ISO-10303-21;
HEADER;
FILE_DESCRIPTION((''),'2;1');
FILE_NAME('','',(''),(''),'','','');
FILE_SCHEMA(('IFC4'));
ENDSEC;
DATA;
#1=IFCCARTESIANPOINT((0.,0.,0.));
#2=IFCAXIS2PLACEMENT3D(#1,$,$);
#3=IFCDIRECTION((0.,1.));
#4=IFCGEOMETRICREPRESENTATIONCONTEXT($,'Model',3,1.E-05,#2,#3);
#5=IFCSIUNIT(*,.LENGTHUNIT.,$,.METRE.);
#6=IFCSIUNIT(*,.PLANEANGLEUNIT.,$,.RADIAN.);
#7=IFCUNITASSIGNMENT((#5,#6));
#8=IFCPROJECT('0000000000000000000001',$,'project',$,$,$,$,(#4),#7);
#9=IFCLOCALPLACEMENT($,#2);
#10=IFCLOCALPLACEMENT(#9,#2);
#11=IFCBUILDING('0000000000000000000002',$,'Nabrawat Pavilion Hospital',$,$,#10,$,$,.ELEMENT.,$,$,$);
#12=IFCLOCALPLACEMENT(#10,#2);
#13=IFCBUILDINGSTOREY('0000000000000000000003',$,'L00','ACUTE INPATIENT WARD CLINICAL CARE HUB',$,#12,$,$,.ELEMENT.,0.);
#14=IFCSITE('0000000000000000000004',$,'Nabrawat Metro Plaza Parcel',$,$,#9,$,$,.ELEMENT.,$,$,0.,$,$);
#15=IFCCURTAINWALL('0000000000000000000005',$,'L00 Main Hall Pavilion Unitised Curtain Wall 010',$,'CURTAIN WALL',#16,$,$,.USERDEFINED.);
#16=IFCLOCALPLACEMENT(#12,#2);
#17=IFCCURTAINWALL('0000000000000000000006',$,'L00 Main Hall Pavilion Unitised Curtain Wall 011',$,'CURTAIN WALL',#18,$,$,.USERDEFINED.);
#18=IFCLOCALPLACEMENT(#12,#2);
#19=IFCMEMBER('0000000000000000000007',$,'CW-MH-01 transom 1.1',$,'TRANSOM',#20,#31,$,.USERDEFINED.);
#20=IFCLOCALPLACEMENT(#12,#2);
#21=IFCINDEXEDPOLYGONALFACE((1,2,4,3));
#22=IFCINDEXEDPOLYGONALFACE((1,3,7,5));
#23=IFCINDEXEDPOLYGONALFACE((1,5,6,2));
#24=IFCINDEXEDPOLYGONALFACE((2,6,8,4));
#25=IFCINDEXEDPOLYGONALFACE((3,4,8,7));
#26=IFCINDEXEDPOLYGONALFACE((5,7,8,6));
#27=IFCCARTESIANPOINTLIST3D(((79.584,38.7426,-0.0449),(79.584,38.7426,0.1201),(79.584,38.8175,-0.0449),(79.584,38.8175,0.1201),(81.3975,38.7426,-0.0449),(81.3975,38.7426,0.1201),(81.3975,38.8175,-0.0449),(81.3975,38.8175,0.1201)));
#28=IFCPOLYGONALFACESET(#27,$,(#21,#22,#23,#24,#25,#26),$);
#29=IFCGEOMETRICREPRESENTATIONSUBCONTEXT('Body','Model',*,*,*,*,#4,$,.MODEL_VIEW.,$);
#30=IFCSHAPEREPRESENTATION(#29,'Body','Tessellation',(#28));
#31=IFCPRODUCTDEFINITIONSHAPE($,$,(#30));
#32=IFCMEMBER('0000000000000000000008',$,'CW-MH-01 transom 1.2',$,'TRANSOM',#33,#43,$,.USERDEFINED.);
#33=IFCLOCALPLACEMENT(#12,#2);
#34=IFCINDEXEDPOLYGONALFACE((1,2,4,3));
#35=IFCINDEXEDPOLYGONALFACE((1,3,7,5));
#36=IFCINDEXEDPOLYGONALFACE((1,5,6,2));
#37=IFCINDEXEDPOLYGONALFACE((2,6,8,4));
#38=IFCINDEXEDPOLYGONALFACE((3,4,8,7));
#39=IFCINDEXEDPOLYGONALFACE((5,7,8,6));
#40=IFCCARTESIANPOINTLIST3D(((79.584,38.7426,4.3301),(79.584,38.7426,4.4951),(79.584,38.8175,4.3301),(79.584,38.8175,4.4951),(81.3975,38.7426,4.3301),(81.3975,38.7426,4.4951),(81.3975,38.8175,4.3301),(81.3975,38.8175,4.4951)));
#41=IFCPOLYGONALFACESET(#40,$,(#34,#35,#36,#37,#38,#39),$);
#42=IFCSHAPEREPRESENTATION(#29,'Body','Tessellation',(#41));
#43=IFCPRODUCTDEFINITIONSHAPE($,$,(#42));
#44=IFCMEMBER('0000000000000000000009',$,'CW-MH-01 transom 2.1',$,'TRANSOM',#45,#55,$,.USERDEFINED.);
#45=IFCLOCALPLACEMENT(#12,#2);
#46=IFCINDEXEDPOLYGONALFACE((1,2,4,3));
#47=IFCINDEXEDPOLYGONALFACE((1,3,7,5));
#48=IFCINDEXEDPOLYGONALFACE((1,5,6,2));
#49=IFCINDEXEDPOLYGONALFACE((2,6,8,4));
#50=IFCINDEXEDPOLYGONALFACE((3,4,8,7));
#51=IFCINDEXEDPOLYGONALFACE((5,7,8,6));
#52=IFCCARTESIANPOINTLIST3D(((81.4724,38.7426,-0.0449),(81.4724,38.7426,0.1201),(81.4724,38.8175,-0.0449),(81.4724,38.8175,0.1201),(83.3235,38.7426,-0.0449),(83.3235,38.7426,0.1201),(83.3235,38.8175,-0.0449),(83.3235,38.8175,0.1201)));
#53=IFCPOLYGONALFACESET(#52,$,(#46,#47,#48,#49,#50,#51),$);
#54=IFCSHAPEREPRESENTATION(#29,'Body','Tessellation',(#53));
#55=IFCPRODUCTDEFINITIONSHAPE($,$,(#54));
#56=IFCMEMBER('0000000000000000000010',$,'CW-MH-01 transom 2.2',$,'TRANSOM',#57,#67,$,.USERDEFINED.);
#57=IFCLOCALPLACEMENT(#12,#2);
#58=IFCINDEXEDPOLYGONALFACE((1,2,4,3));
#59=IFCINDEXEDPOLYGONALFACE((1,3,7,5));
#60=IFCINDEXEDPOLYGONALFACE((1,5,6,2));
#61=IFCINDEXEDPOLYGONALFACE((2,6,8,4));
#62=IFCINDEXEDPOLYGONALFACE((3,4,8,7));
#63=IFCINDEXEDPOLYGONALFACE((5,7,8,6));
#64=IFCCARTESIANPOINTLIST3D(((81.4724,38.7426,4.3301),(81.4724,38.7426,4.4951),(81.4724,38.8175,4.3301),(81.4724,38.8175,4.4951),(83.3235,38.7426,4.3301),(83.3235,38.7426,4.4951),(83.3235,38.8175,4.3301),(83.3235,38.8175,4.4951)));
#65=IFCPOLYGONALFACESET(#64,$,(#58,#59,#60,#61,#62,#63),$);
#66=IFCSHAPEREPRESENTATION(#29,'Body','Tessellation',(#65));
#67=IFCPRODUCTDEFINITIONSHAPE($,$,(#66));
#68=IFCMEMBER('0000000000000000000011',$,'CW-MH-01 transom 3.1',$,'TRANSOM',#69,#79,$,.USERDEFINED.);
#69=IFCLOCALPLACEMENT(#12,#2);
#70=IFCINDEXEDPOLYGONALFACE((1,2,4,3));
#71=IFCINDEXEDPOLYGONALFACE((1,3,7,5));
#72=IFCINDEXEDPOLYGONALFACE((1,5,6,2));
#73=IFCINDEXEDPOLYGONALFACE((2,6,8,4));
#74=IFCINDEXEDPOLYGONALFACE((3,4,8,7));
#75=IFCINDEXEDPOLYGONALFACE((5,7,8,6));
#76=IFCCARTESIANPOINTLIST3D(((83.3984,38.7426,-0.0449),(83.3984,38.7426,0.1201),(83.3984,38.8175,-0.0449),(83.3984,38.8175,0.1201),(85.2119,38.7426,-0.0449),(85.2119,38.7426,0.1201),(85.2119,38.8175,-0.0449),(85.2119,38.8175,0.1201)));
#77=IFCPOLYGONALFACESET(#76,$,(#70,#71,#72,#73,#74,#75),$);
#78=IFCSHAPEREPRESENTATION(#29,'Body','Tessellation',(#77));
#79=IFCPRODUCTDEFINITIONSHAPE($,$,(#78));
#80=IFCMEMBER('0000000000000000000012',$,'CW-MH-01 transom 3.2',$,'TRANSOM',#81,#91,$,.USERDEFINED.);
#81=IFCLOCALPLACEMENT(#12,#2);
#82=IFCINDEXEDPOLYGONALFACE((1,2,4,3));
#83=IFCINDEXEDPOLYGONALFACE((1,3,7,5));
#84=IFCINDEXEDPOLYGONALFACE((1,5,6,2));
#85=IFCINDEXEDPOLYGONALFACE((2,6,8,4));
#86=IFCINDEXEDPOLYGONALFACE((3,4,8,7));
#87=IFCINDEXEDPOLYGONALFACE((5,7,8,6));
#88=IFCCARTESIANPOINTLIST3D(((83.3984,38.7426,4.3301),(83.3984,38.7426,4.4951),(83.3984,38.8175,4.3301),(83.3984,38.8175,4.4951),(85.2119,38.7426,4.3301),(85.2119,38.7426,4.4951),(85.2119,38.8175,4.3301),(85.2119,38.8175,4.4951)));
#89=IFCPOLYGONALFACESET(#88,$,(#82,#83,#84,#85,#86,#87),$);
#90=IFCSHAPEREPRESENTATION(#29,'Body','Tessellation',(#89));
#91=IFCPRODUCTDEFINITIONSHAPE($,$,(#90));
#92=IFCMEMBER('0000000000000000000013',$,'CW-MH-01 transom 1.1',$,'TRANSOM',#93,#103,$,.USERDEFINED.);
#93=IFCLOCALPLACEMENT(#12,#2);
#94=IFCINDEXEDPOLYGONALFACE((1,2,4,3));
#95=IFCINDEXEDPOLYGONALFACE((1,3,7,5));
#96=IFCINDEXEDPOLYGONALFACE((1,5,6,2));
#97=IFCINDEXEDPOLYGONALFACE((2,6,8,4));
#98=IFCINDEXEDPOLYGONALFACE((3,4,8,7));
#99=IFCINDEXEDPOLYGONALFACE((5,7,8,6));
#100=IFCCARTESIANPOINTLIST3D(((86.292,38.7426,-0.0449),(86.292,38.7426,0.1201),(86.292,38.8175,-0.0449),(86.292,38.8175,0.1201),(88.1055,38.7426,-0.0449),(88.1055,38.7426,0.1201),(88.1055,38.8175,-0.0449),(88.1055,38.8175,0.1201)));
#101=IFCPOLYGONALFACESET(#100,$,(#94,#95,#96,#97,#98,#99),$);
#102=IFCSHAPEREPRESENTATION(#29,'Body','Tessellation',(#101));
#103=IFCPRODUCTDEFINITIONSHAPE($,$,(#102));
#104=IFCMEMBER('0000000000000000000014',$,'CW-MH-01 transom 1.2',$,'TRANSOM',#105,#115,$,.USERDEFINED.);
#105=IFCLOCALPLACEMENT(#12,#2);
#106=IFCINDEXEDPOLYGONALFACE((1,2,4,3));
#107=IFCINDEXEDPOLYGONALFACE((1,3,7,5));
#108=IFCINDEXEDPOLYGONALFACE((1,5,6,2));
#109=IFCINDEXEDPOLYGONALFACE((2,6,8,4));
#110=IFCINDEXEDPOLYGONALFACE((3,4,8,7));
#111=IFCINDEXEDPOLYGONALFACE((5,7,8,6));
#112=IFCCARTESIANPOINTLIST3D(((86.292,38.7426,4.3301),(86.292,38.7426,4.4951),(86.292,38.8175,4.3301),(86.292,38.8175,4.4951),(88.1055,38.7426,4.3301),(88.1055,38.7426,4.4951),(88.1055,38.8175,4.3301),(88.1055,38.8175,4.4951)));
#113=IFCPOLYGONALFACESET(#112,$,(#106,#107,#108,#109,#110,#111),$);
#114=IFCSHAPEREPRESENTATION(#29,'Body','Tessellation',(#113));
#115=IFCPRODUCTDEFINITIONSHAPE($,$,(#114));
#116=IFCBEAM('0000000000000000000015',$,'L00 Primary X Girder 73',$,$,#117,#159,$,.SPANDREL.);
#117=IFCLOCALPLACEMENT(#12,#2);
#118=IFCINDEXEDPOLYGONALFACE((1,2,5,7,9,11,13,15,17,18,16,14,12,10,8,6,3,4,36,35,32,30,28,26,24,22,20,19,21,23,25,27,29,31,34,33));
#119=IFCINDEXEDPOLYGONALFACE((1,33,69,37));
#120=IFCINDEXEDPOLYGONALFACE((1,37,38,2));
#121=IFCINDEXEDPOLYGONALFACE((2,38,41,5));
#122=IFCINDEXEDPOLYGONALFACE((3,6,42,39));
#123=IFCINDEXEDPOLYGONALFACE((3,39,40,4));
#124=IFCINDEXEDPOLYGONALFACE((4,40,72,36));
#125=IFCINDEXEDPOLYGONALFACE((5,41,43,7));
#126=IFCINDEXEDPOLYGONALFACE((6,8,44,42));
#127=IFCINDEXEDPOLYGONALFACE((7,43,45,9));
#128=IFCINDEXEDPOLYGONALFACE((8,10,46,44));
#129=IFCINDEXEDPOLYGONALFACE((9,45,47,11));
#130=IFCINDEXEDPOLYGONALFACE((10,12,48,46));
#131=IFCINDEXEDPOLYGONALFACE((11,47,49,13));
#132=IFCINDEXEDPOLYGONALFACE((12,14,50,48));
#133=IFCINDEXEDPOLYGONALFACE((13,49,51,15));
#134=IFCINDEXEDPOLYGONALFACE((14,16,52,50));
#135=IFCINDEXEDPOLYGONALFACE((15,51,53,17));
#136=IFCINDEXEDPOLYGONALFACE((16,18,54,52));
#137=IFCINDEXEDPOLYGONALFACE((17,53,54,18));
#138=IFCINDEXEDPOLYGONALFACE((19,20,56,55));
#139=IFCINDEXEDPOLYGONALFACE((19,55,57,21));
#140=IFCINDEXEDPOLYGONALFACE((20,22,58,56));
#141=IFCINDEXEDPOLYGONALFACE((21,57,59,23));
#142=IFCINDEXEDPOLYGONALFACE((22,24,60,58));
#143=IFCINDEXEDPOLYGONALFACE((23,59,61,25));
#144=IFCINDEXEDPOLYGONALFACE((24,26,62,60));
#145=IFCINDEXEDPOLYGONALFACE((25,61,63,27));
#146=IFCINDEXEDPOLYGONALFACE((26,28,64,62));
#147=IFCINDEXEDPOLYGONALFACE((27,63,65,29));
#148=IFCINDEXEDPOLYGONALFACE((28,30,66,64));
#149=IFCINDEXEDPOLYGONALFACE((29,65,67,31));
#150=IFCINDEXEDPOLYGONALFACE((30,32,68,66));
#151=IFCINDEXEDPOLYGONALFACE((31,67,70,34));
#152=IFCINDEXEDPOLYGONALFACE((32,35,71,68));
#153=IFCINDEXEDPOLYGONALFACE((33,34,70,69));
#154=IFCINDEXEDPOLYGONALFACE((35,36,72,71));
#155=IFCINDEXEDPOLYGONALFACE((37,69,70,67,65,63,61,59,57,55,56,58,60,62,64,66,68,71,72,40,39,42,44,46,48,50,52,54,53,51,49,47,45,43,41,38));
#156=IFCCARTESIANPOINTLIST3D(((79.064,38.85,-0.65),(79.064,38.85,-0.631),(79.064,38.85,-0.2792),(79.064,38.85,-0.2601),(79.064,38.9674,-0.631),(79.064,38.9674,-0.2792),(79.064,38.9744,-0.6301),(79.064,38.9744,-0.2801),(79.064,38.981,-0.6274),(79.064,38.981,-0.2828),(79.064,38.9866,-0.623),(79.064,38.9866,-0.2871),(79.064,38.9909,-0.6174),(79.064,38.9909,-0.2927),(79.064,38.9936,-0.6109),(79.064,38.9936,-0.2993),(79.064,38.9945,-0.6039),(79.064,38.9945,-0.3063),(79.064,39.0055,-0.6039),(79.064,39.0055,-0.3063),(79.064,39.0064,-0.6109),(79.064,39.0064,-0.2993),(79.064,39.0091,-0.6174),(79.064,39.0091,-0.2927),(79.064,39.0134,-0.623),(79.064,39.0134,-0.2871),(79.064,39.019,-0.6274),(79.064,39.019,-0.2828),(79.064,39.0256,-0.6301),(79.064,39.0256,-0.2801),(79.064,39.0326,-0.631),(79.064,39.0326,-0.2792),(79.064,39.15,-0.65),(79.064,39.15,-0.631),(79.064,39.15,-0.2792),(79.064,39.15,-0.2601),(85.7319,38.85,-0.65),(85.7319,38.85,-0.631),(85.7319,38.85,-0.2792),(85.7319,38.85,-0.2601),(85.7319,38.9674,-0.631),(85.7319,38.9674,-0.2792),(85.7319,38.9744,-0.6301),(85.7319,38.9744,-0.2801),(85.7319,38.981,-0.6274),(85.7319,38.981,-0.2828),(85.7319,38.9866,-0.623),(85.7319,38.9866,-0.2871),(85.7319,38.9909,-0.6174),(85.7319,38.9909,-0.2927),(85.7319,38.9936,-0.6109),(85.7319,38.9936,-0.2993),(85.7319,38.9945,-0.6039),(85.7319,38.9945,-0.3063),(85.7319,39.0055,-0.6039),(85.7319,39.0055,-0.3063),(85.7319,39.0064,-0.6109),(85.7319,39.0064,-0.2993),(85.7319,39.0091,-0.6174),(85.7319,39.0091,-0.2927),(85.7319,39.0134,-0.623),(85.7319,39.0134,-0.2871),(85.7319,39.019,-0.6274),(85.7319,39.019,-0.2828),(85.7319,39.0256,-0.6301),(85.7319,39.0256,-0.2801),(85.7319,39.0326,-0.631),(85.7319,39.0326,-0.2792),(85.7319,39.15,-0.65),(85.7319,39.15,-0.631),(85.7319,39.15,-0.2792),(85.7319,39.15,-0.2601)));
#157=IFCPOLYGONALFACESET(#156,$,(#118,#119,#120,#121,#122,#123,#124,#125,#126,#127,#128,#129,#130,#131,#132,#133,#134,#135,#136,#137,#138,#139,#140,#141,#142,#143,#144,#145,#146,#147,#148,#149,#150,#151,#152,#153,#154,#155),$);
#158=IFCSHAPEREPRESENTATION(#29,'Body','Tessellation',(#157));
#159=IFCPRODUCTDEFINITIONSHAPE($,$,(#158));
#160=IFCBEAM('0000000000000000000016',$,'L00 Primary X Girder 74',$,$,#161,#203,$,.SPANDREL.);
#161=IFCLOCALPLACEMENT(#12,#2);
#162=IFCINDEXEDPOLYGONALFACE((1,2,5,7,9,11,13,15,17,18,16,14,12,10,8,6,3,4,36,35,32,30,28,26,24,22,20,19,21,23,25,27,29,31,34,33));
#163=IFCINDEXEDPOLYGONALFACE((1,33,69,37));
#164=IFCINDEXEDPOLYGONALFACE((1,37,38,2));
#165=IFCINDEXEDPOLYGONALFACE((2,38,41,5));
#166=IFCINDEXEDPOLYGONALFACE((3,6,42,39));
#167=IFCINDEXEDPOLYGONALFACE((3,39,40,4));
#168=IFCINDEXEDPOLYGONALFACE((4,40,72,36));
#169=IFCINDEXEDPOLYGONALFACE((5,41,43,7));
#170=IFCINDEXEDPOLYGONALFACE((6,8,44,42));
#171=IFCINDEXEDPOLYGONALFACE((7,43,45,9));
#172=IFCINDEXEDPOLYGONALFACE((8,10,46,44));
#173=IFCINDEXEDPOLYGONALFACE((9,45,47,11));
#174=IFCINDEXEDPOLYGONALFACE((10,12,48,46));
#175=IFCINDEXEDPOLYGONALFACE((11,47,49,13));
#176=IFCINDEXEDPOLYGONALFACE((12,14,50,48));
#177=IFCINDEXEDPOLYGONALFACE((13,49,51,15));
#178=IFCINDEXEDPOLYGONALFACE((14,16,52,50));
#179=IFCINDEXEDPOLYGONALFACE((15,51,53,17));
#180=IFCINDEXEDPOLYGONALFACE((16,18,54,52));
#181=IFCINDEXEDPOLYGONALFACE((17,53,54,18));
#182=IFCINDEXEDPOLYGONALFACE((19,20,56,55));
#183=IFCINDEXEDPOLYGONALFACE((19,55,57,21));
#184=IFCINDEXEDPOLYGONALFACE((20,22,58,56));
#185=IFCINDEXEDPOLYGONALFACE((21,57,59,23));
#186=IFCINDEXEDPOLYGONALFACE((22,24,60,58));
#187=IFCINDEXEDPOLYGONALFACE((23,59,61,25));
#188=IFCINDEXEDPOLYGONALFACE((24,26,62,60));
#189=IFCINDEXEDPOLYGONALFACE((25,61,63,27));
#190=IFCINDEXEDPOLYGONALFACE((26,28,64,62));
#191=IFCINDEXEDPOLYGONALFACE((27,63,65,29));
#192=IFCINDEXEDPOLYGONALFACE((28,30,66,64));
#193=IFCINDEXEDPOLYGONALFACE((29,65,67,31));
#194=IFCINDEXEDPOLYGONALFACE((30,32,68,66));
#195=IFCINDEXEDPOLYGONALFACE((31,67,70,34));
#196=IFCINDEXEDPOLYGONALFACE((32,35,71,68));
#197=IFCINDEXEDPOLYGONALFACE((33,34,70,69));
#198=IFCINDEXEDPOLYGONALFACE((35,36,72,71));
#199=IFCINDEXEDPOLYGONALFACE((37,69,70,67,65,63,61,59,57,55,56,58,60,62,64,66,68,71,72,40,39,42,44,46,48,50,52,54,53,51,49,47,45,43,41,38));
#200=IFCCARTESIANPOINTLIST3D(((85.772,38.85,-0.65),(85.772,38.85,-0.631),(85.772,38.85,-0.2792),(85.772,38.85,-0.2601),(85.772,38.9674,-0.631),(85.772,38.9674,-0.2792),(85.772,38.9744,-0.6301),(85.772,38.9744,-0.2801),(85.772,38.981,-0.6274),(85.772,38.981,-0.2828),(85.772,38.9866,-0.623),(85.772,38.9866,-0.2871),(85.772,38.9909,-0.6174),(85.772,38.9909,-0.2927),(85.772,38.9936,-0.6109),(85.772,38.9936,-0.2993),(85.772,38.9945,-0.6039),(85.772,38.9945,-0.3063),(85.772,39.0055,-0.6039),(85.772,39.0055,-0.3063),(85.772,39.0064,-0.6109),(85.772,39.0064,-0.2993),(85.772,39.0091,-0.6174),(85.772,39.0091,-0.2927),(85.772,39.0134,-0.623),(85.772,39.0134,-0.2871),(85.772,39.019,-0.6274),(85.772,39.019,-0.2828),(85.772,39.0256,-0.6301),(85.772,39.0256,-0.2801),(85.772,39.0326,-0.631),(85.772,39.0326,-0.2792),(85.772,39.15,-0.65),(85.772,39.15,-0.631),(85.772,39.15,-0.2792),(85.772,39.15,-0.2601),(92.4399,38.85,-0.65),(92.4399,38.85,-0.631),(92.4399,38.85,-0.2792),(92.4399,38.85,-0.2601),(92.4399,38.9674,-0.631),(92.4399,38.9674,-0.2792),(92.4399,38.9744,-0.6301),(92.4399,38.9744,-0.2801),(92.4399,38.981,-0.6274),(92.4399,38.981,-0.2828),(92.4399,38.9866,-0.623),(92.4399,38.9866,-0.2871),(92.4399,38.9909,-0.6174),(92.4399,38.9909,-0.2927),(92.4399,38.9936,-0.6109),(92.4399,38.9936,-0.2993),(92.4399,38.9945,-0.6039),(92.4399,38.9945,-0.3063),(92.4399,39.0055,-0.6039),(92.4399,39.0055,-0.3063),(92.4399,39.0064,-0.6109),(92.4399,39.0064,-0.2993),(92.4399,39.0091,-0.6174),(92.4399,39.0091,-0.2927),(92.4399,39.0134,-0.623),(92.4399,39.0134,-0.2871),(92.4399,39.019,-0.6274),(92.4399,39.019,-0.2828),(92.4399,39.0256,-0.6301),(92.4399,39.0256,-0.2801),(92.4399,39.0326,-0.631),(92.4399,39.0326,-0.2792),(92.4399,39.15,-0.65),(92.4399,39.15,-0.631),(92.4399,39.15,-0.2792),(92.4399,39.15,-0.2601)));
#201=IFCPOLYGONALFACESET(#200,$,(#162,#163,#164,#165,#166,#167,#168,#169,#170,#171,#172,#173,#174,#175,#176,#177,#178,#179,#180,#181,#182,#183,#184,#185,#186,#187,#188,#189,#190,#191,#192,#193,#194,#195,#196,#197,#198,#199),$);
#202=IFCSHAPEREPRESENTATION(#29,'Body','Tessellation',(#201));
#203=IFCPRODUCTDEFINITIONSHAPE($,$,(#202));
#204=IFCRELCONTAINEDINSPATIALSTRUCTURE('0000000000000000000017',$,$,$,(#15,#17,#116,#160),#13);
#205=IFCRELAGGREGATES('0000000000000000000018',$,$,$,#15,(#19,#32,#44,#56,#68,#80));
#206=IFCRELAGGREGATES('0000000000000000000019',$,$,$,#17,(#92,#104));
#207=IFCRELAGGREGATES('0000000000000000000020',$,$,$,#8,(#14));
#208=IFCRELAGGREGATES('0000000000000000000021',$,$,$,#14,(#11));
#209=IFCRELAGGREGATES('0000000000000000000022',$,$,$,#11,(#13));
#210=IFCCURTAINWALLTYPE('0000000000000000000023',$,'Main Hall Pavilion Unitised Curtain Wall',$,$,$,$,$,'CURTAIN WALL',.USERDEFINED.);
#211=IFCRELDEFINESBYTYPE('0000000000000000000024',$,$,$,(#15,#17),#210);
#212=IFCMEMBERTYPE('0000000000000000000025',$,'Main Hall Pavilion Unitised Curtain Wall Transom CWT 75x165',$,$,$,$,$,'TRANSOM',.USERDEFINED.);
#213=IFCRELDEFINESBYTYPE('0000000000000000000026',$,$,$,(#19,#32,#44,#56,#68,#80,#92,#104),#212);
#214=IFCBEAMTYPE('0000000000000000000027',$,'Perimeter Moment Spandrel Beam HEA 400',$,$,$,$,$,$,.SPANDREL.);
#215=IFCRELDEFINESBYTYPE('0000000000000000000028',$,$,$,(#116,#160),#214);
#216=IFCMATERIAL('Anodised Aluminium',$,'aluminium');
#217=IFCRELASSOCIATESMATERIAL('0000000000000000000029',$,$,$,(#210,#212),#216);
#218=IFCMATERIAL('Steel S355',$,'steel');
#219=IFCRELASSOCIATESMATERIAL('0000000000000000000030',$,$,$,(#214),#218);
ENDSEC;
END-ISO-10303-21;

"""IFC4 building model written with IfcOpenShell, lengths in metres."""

from ifc_helpers import new_model, si_unit, direction, frame, origin, origin_2d, place, context, subcontext, project, spatial, rectangle, i_section, extrude, material, material_profile, profile_set, type_object, element, aggregate, save


model = new_model("IFC4")

# Units and contexts
model_context = context("Model", 3, precision=1e-05, world=origin(), true_north=direction((0.0, 1.0)))
body_context = subcontext(model_context, "Body", "Model", "MODEL_VIEW")
ifc_project = project(units=[si_unit("LENGTHUNIT", "METRE"), si_unit("PLANEANGLEUNIT", "RADIAN")], contexts=[model_context])

# Site, building, storey
site_placement = place(None, origin())
site = spatial("IfcSite", under=ifc_project, at=site_placement, Name="Nabrawat Metro Plaza Parcel", CompositionType="ELEMENT", RefElevation=0.0)
building_placement = place(site_placement, origin())
building = spatial("IfcBuilding", under=site, at=building_placement, Name="Nabrawat Pavilion Hospital", CompositionType="ELEMENT")
storey_placement = place(building_placement, origin())
storey = spatial("IfcBuildingStorey", under=building, at=storey_placement, Name="L00", Description="ACUTE INPATIENT WARD CLINICAL CARE HUB", CompositionType="ELEMENT", Elevation=0.0)

# Curtain wall
ifc_material_1 = material(Name="Anodised Aluminium", Category="aluminium")
curtain_wall_type = type_object("IfcCurtainWallType", Name="Main Hall Pavilion Unitised Curtain Wall", ElementType="CURTAIN WALL", PredefinedType="USERDEFINED", material=ifc_material_1)
curtain_wall_1_placement = place(storey_placement, origin())
curtain_wall_1 = element("IfcCurtainWall", 1, at=curtain_wall_1_placement, inside=storey, type_object=curtain_wall_type, Name="L00 Main Hall Pavilion Unitised Curtain Wall 010", ObjectType="CURTAIN WALL", PredefinedType="USERDEFINED")

# Curtain wall
curtain_wall_2_placement = place(storey_placement, origin())
curtain_wall_2 = element("IfcCurtainWall", 2, at=curtain_wall_2_placement, inside=storey, type_object=curtain_wall_type, Name="L00 Main Hall Pavilion Unitised Curtain Wall 011", ObjectType="CURTAIN WALL", PredefinedType="USERDEFINED")

# Members
ifc_material_profile_1 = material_profile(ifc_material_1, rectangle(XDim=0.075, YDim=0.165, at=origin_2d()), Name="CWT 75x165")
ifc_profile_set_1 = profile_set([ifc_material_profile_1], Name="Anodised Aluminium")
member_type_1 = type_object("IfcMemberType", Name="Main Hall Pavilion Unitised Curtain Wall Transom CWT 75x165", ElementType="TRANSOM", PredefinedType="USERDEFINED", material=ifc_profile_set_1)
member_1_placement = place(storey_placement, frame((79.584, 38.78, 0.0376), z_axis=(1.0, 0.0, 0.0), x_axis=(0.0, 1.0, 0.0)))
member_1 = element("IfcMember", 3, at=member_1_placement, type_object=member_type_1, Name="CW-MH-01 transom 1.1", ObjectType="TRANSOM", PredefinedType="USERDEFINED", context=body_context, shape_type="SweptSolid", body=[
    extrude(rectangle(XDim=0.075, YDim=0.165, at=origin_2d()), origin(), (0.0, 0.0, 1.0), 1.8135),
])
member_2_placement = place(storey_placement, frame((79.584, 38.78, 4.4126), z_axis=(1.0, 0.0, 0.0), x_axis=(0.0, 1.0, 0.0)))
member_2 = element("IfcMember", 4, at=member_2_placement, type_object=member_type_1, Name="CW-MH-01 transom 1.2", ObjectType="TRANSOM", PredefinedType="USERDEFINED", context=body_context, shape_type="SweptSolid", body=[
    extrude(rectangle(XDim=0.075, YDim=0.165, at=origin_2d()), origin(), (0.0, 0.0, 1.0), 1.8135),
])
member_3_placement = place(storey_placement, frame((81.4724, 38.78, 0.0376), z_axis=(1.0, 0.0, 0.0), x_axis=(0.0, 1.0, 0.0)))
member_3 = element("IfcMember", 5, at=member_3_placement, type_object=member_type_1, Name="CW-MH-01 transom 2.1", ObjectType="TRANSOM", PredefinedType="USERDEFINED", context=body_context, shape_type="SweptSolid", body=[
    extrude(rectangle(XDim=0.075, YDim=0.165, at=origin_2d()), origin(), (0.0, 0.0, 1.0), 1.8511),
])
member_4_placement = place(storey_placement, frame((81.4724, 38.78, 4.4126), z_axis=(1.0, 0.0, 0.0), x_axis=(0.0, 1.0, 0.0)))
member_4 = element("IfcMember", 6, at=member_4_placement, type_object=member_type_1, Name="CW-MH-01 transom 2.2", ObjectType="TRANSOM", PredefinedType="USERDEFINED", context=body_context, shape_type="SweptSolid", body=[
    extrude(rectangle(XDim=0.075, YDim=0.165, at=origin_2d()), origin(), (0.0, 0.0, 1.0), 1.8511),
])
member_5_placement = place(storey_placement, frame((83.3984, 38.78, 0.0376), z_axis=(1.0, 0.0, 0.0), x_axis=(0.0, 1.0, 0.0)))
member_5 = element("IfcMember", 7, at=member_5_placement, type_object=member_type_1, Name="CW-MH-01 transom 3.1", ObjectType="TRANSOM", PredefinedType="USERDEFINED", context=body_context, shape_type="SweptSolid", body=[
    extrude(rectangle(XDim=0.075, YDim=0.165, at=origin_2d()), origin(), (0.0, 0.0, 1.0), 1.8135),
])
member_6_placement = place(storey_placement, frame((83.3984, 38.78, 4.4126), z_axis=(1.0, 0.0, 0.0), x_axis=(0.0, 1.0, 0.0)))
member_6 = element("IfcMember", 8, at=member_6_placement, type_object=member_type_1, Name="CW-MH-01 transom 3.2", ObjectType="TRANSOM", PredefinedType="USERDEFINED", context=body_context, shape_type="SweptSolid", body=[
    extrude(rectangle(XDim=0.075, YDim=0.165, at=origin_2d()), origin(), (0.0, 0.0, 1.0), 1.8135),
])
member_7_placement = place(storey_placement, frame((86.292, 38.78, 0.0376), z_axis=(1.0, 0.0, 0.0), x_axis=(0.0, 1.0, 0.0)))
member_7 = element("IfcMember", 9, at=member_7_placement, type_object=member_type_1, Name="CW-MH-01 transom 1.1", ObjectType="TRANSOM", PredefinedType="USERDEFINED", context=body_context, shape_type="SweptSolid", body=[
    extrude(rectangle(XDim=0.075, YDim=0.165, at=origin_2d()), origin(), (0.0, 0.0, 1.0), 1.8135),
])
member_8_placement = place(storey_placement, frame((86.292, 38.78, 4.4126), z_axis=(1.0, 0.0, 0.0), x_axis=(0.0, 1.0, 0.0)))
member_8 = element("IfcMember", 10, at=member_8_placement, type_object=member_type_1, Name="CW-MH-01 transom 1.2", ObjectType="TRANSOM", PredefinedType="USERDEFINED", context=body_context, shape_type="SweptSolid", body=[
    extrude(rectangle(XDim=0.075, YDim=0.165, at=origin_2d()), origin(), (0.0, 0.0, 1.0), 1.8135),
])

# Beams
ifc_material_2 = material(Name="Steel S355", Category="steel")
ifc_material_profile_2 = material_profile(ifc_material_2, i_section(OverallWidth=0.3, OverallDepth=0.3899, WebThickness=0.011, FlangeThickness=0.019, FilletRadius=0.0271, at=origin_2d()), Name="HEA 400")
ifc_profile_set_2 = profile_set([ifc_material_profile_2], Name="Steel S355")
beam_type = type_object("IfcBeamType", Name="Perimeter Moment Spandrel Beam HEA 400", PredefinedType="SPANDREL", material=ifc_profile_set_2)
for number, where, z_axis, x_axis, name in (
    (11, (79.064, 39.0, -0.4551), (1.0, 0.0, 0.0), (0.0, 1.0, 0.0), "L00 Primary X Girder 73"),
    (12, (85.772, 39.0, -0.4551), (1.0, 0.0, 0.0), (0.0, 1.0, 0.0), "L00 Primary X Girder 74"),
):
    element("IfcBeam", number, at=place(storey_placement, frame(where, z_axis=z_axis, x_axis=x_axis)), inside=storey, type_object=beam_type, Name=name, PredefinedType="SPANDREL", context=body_context, shape_type="SweptSolid", body=[
        extrude(i_section(OverallWidth=0.3, OverallDepth=0.3899, WebThickness=0.011, FlangeThickness=0.019, FilletRadius=0.0271, at=origin_2d()), origin(), (0.0, 0.0, 1.0), 6.668),
    ])

aggregate(curtain_wall_1, [member_1, member_2, member_3, member_4, member_5, member_6])
aggregate(curtain_wall_2, [member_7, member_8])

save(model, "model.ifc")
